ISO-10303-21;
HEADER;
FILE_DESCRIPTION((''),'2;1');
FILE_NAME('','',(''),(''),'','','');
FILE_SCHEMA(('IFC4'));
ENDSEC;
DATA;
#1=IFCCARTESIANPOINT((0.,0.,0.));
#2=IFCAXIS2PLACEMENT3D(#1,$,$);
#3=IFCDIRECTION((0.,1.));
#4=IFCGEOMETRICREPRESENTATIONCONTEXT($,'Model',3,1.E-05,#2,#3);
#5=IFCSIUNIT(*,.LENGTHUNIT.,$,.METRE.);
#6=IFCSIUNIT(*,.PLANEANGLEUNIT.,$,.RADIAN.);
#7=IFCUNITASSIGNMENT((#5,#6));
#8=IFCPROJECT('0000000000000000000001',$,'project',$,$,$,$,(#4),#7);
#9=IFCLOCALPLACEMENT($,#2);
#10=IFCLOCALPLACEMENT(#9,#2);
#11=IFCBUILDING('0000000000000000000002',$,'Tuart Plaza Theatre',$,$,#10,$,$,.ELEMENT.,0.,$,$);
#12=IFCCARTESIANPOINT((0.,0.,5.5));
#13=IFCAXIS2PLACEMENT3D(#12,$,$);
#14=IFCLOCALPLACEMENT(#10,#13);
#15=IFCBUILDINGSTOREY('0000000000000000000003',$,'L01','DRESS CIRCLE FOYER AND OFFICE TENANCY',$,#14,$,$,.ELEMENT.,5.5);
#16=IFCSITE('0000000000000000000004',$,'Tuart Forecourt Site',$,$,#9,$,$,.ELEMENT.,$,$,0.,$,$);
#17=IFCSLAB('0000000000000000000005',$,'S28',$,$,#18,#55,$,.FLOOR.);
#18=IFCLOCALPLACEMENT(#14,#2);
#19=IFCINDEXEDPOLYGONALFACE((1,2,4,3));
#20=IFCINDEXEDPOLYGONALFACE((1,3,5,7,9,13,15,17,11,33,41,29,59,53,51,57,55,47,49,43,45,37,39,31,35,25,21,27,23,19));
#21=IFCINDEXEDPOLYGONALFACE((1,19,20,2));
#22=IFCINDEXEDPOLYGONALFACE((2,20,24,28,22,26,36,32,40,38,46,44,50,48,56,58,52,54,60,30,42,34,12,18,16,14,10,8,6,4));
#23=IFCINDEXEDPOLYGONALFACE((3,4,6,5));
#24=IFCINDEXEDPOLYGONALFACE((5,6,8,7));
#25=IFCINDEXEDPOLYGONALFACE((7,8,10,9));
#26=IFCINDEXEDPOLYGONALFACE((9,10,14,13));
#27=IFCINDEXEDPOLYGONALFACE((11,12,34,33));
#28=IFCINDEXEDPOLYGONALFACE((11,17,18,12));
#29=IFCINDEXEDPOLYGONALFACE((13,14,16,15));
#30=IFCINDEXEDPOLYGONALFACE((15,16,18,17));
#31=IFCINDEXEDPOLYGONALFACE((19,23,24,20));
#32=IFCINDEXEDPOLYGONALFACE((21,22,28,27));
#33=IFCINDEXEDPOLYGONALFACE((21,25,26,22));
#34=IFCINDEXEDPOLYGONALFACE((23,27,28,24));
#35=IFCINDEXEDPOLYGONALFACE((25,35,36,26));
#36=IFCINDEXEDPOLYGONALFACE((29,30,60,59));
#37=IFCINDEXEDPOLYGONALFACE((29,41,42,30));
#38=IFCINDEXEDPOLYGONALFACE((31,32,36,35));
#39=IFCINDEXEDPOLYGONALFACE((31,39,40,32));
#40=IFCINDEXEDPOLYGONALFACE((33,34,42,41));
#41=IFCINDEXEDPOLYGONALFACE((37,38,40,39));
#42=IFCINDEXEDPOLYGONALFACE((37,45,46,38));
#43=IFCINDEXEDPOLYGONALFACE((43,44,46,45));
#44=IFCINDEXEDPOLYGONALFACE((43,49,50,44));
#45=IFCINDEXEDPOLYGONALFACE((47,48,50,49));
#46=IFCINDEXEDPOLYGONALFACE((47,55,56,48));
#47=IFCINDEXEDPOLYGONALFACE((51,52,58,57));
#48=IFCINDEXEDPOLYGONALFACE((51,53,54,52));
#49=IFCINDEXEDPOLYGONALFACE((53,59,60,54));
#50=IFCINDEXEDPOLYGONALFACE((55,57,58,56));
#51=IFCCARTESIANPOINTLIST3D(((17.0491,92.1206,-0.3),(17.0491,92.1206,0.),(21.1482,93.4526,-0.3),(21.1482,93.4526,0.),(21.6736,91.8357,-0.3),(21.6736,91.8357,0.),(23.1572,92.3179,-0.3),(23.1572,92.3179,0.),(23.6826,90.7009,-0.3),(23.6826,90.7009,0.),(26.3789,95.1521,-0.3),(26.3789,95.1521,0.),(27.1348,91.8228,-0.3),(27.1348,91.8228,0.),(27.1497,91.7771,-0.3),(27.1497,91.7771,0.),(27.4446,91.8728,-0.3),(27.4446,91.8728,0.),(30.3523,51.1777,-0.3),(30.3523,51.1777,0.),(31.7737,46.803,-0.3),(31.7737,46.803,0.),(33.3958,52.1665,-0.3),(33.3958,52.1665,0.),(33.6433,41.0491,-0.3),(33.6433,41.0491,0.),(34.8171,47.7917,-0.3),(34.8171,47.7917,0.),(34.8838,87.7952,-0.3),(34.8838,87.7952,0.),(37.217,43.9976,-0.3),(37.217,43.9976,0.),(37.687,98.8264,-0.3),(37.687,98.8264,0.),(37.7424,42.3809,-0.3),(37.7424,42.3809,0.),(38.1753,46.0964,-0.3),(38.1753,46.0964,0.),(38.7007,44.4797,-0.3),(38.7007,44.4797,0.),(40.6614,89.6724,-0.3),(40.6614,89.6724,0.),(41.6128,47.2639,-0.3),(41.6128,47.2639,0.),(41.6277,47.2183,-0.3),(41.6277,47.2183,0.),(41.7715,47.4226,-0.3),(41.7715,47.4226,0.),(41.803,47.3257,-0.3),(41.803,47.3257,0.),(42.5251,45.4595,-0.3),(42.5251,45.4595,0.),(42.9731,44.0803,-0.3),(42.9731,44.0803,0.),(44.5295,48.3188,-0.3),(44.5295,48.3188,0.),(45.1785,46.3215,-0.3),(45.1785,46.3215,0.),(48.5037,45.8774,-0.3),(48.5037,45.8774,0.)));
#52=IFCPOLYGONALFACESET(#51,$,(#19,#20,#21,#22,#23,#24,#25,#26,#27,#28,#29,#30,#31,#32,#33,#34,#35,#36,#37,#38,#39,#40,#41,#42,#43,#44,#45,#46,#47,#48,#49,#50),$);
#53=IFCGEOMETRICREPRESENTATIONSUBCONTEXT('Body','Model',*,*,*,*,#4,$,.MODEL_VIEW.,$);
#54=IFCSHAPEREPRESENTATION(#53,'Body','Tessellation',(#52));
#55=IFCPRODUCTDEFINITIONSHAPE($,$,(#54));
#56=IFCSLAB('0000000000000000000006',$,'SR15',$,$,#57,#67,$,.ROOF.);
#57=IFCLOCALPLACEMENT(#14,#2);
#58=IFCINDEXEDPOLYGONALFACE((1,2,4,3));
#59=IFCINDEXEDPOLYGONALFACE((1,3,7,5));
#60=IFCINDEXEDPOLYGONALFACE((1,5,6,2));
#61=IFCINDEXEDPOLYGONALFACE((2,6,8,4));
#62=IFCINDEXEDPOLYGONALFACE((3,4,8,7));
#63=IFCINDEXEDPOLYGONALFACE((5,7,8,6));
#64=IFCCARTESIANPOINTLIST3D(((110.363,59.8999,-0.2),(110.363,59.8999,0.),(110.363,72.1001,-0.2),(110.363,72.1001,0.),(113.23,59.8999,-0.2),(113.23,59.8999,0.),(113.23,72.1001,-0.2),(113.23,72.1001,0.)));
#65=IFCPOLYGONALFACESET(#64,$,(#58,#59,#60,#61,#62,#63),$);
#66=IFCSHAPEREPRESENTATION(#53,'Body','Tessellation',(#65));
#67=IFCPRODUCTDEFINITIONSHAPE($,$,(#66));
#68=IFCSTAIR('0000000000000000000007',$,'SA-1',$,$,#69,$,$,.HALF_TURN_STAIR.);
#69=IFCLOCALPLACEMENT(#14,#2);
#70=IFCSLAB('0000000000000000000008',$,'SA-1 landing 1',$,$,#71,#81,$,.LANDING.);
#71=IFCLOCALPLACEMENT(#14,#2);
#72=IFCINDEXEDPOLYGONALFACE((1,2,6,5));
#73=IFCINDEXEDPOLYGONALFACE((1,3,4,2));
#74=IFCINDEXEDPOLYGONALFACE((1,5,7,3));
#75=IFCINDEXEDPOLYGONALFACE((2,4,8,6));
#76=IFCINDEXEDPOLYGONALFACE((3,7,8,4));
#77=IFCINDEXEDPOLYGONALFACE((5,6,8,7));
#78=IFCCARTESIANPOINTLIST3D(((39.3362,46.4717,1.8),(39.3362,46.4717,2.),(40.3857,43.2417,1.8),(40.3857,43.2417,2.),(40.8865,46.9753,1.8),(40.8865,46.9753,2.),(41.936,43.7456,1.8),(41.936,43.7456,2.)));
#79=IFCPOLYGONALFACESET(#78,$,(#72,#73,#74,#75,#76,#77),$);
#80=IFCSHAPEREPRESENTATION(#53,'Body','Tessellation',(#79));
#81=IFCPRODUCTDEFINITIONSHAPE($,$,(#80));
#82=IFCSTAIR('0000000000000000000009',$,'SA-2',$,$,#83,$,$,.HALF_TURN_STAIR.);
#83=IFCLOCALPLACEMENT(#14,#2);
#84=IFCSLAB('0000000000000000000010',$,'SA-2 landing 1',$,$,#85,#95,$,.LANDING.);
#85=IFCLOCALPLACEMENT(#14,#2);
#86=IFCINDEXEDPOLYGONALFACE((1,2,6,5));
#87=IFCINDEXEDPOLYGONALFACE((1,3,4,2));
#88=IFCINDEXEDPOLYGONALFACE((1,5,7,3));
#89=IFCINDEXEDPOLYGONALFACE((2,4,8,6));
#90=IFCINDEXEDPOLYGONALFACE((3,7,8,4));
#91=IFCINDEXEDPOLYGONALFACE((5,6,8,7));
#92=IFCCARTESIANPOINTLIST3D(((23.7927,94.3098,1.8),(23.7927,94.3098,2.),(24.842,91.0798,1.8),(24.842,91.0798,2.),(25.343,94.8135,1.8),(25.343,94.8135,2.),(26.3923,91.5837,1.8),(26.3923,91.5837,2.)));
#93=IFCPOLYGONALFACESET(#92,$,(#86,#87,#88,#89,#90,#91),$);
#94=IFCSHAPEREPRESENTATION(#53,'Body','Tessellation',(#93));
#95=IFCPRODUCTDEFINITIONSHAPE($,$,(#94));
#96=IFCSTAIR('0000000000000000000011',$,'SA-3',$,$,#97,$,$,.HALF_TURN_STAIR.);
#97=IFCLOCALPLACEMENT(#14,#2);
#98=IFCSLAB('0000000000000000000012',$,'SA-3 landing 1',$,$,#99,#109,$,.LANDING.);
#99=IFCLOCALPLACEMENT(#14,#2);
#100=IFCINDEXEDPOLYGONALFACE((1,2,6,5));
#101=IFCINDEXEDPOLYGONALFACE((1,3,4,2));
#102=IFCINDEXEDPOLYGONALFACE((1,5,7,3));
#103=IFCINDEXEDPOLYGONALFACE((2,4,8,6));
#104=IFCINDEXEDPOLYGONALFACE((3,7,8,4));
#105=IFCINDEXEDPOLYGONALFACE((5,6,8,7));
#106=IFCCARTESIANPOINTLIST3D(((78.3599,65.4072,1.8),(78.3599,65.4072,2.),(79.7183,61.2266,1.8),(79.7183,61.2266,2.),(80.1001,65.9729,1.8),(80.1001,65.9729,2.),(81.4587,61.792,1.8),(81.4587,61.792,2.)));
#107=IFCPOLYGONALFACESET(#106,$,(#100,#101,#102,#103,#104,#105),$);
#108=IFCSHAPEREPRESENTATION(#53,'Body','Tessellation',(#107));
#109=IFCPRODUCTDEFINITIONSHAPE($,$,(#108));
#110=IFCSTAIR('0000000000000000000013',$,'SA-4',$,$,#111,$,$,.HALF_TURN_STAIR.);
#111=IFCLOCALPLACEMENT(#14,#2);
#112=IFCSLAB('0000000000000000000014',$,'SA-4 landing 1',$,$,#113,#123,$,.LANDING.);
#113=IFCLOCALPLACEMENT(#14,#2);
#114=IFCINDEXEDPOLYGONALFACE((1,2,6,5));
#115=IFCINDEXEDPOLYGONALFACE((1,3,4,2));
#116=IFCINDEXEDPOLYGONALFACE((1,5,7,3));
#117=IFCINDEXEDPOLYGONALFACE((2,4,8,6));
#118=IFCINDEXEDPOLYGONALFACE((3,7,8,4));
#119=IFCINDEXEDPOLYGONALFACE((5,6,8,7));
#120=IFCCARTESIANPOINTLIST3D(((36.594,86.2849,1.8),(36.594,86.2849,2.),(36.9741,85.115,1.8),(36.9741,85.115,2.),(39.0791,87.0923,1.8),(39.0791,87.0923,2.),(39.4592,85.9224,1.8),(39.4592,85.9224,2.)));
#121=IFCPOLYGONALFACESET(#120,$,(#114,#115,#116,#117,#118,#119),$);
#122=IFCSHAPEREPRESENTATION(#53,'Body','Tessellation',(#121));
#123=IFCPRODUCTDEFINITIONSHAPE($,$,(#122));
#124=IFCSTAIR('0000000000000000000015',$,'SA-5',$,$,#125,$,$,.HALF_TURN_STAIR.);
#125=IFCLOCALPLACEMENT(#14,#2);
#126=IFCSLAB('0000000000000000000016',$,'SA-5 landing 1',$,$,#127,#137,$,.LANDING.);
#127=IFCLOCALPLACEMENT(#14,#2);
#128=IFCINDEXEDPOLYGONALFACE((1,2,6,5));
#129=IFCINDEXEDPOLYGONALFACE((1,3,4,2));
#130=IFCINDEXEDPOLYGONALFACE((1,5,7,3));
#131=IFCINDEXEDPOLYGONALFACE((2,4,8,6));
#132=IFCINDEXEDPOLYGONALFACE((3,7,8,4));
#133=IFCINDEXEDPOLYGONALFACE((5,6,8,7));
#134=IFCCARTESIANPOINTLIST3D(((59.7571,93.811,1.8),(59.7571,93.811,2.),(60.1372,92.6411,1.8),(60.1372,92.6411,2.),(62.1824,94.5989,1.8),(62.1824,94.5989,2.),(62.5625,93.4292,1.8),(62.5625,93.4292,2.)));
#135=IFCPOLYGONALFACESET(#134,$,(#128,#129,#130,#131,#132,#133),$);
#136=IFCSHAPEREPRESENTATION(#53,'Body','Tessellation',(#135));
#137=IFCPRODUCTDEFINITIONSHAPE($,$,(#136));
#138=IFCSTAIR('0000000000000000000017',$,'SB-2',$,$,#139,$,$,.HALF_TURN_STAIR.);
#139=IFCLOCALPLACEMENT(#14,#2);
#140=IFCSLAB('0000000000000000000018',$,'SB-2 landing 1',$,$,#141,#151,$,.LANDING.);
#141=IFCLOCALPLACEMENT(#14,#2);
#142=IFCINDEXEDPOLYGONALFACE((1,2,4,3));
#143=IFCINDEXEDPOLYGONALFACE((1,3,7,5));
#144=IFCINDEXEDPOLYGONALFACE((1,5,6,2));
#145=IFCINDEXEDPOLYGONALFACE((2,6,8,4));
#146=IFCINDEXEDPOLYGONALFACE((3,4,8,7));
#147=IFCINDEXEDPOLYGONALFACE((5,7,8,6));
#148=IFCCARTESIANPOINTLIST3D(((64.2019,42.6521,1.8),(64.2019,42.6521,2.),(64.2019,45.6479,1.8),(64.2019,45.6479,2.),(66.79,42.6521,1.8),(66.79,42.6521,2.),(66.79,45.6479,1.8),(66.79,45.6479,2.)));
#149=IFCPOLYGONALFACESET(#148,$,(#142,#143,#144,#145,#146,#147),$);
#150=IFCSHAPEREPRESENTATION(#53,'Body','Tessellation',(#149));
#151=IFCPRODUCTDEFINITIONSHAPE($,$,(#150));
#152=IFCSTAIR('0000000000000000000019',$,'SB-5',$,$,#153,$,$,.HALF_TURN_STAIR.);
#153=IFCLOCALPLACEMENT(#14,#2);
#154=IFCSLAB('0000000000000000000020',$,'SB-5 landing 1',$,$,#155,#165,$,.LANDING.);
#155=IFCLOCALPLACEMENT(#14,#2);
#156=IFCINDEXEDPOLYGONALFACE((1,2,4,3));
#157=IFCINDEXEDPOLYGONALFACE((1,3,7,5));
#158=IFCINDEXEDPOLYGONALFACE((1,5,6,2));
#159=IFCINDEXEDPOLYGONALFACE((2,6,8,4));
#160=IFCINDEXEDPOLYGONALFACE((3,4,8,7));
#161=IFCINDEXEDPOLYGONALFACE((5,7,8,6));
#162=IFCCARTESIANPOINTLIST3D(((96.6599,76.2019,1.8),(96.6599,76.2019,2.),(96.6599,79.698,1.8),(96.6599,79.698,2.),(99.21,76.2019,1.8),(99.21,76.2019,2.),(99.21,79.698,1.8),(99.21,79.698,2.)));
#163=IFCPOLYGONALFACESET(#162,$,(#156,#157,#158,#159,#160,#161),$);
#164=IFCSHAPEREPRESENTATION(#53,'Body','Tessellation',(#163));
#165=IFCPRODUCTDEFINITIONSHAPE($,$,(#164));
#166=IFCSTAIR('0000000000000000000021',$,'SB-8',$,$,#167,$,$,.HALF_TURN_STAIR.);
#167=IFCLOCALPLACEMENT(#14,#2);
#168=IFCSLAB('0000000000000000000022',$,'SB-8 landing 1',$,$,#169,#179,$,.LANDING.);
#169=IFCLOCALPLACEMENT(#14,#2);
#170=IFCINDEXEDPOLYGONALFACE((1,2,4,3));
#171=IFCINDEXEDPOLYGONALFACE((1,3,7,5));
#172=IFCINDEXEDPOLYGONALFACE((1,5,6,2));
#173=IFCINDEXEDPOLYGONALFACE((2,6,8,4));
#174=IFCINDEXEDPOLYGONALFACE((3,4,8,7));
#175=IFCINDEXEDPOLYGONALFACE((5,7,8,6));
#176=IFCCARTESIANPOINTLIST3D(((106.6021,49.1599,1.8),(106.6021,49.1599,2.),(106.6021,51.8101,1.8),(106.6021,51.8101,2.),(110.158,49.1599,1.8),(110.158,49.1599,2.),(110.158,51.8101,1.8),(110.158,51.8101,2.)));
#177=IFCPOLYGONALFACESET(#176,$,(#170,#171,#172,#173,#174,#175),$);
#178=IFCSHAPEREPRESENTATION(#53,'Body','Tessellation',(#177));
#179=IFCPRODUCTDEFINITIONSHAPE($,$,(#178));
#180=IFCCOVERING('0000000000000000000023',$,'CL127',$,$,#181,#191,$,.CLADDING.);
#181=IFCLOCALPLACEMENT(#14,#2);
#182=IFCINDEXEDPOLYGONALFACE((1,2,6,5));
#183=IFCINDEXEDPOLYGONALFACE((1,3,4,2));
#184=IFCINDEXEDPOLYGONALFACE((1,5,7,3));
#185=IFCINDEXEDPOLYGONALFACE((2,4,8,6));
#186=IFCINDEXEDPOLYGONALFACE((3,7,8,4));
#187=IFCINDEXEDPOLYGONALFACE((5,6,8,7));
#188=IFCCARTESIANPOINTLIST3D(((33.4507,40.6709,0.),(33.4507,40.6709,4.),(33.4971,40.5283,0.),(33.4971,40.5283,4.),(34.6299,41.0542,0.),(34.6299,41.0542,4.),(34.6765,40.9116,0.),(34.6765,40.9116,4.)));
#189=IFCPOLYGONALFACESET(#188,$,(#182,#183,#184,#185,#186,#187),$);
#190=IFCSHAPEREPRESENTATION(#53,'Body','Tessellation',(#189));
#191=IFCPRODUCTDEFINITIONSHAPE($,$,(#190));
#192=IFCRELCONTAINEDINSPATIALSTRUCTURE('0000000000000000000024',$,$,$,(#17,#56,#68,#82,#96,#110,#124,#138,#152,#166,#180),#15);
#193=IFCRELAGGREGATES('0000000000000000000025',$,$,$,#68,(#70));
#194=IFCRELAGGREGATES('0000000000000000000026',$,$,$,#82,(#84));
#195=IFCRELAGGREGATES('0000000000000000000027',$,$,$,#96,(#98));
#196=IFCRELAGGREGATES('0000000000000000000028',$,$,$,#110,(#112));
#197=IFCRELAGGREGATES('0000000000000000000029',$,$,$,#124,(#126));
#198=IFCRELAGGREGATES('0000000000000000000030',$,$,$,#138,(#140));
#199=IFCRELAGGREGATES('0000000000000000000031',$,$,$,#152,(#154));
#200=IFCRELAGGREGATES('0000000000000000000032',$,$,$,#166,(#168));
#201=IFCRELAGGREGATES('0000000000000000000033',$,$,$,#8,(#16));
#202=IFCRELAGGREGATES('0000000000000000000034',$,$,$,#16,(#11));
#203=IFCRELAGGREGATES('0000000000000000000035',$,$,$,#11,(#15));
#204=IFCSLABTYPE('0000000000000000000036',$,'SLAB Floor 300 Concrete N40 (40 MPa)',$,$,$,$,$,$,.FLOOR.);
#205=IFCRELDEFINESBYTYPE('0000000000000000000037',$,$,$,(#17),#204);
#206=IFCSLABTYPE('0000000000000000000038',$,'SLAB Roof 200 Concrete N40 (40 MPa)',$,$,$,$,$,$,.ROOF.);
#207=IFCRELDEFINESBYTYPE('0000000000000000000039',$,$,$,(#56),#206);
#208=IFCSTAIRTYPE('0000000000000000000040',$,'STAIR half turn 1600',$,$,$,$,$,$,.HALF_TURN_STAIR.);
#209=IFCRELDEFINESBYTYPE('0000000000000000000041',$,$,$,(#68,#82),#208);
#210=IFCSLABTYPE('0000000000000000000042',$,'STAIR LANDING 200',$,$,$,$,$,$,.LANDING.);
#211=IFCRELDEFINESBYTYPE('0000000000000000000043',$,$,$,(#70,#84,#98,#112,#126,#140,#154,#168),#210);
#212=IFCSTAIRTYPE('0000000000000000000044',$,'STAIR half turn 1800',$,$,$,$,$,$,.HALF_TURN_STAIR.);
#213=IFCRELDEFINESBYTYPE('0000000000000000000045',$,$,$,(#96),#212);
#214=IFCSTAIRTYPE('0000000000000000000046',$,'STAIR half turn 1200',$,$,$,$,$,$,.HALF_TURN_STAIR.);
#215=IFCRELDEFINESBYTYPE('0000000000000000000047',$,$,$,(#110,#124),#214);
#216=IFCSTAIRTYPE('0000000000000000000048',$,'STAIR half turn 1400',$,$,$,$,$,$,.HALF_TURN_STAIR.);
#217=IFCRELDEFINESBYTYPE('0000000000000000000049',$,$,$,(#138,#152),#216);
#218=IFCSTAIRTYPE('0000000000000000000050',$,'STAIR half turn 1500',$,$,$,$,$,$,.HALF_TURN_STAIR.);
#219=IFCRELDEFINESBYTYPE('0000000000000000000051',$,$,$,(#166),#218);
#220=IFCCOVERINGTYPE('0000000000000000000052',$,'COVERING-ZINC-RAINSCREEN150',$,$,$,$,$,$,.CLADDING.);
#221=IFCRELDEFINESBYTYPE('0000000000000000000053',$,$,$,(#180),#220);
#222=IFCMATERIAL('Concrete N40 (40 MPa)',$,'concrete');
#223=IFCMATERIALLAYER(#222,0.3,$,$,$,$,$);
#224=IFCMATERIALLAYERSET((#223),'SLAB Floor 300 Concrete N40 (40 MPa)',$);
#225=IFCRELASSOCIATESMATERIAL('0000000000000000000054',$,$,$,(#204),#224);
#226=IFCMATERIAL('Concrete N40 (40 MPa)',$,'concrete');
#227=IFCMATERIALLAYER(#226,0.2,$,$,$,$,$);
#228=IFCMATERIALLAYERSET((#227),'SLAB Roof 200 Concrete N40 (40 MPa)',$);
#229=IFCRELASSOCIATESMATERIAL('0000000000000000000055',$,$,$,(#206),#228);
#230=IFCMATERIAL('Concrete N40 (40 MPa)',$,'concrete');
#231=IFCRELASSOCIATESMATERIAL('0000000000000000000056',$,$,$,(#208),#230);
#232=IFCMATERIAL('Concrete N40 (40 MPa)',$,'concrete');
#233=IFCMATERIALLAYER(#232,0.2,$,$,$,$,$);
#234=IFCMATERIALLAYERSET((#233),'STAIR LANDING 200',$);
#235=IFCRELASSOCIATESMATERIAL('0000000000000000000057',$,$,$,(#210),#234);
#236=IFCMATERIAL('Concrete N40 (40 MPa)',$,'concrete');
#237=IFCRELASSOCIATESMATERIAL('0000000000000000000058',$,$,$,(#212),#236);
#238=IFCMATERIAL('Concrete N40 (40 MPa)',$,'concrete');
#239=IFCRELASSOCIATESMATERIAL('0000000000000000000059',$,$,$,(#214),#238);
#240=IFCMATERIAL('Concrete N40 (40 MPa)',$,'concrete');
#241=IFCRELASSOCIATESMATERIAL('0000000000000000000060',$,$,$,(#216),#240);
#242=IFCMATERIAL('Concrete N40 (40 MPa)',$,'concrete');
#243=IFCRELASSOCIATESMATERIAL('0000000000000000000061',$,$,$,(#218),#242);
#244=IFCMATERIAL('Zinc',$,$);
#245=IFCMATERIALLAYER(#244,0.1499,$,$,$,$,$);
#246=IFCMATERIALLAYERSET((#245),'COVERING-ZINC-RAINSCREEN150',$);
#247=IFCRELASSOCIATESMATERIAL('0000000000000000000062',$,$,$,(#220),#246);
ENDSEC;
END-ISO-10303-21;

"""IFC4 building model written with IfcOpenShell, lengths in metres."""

from ifc_helpers import new_model, si_unit, direction, frame, origin, place, context, subcontext, project, spatial, polyline, outline, extrude, material, layer, layer_set, type_object, element, aggregate, save


model = new_model("IFC4")

# Units and contexts
model_context = context("Model", 3, precision=1e-05, world=origin(), true_north=direction((0.0, 1.0)))
body_context = subcontext(model_context, "Body", "Model", "MODEL_VIEW")
ifc_project = project(units=[si_unit("LENGTHUNIT", "METRE"), si_unit("PLANEANGLEUNIT", "RADIAN")], contexts=[model_context])

# Site, building, storey
site_placement = place(None, origin())
site = spatial("IfcSite", under=ifc_project, at=site_placement, Name="Tuart Forecourt Site", CompositionType="ELEMENT", RefElevation=0.0)
building_placement = place(site_placement, origin())
building = spatial("IfcBuilding", under=site, at=building_placement, Name="Tuart Plaza Theatre", CompositionType="ELEMENT", ElevationOfRefHeight=0.0)
storey_placement = place(building_placement, frame((0.0, 0.0, 5.5)))
storey = spatial("IfcBuildingStorey", under=building, at=storey_placement, Name="L01", Description="DRESS CIRCLE FOYER AND OFFICE TENANCY", CompositionType="ELEMENT", Elevation=5.5)

# Slabs
ifc_material_1 = material(Name="Concrete N40 (40 MPa)", Category="concrete")
ifc_layer_1 = layer(ifc_material_1, 0.3)
ifc_layer_set_1 = layer_set([ifc_layer_1], Name="SLAB Floor 300 Concrete N40 (40 MPa)")
slab_type_1 = type_object("IfcSlabType", Name="SLAB Floor 300 Concrete N40 (40 MPa)", PredefinedType="FLOOR", material=ifc_layer_set_1)
slab_1_placement = place(storey_placement, frame((0.0, 0.0, -0.3)))
element("IfcSlab", 1, at=slab_1_placement, inside=storey, type_object=slab_type_1, Name="S28", PredefinedType="FLOOR", context=body_context, shape_type="SweptSolid", body=[
    extrude(outline(polyline([(21.1482, 93.4526), (17.0491, 92.1206), (30.3523, 51.1777), (33.3958, 52.1665), (34.8171, 47.7917), (31.7737, 46.803), (33.6433, 41.0491), (37.7424, 42.3809), (37.217, 43.9976), (38.7007, 44.4797), (38.1753, 46.0964), (41.6277, 47.2183), (41.6128, 47.2639), (41.803, 47.3257), (41.7715, 47.4226), (44.5295, 48.3188), (45.1785, 46.3215), (42.5251, 45.4595), (42.9731, 44.0803), (48.5037, 45.8774), (34.8838, 87.7952), (40.6614, 89.6724), (37.687, 98.8264), (26.3789, 95.1521), (27.4446, 91.8728), (27.1497, 91.7771), (27.1348, 91.8228), (23.6826, 90.7009), (23.1572, 92.3179), (21.6736, 91.8357), (21.1482, 93.4526)])), origin(), (0.0, 0.0, 1.0), 0.3),
])
ifc_material_2 = material(Name="Concrete N40 (40 MPa)", Category="concrete")
ifc_layer_2 = layer(ifc_material_2, 0.2)
ifc_layer_set_2 = layer_set([ifc_layer_2], Name="SLAB Roof 200 Concrete N40 (40 MPa)")
slab_type_2 = type_object("IfcSlabType", Name="SLAB Roof 200 Concrete N40 (40 MPa)", PredefinedType="ROOF", material=ifc_layer_set_2)
slab_2_placement = place(storey_placement, frame((0.0, 0.0, -0.2)))
element("IfcSlab", 2, at=slab_2_placement, inside=storey, type_object=slab_type_2, Name="SR15", PredefinedType="ROOF", context=body_context, shape_type="SweptSolid", body=[
    extrude(outline(polyline([(113.23, 59.8999), (113.23, 72.1001), (110.363, 72.1001), (110.363, 59.8999), (113.23, 59.8999)])), origin(), (0.0, 0.0, 1.0), 0.2),
])

# Stairs, slabs
ifc_material_3 = material(Name="Concrete N40 (40 MPa)", Category="concrete")
stair_type_1 = type_object("IfcStairType", Name="STAIR half turn 1600", PredefinedType="HALF_TURN_STAIR", material=ifc_material_3)
stair_1_placement = place(storey_placement, origin())
stair_1 = element("IfcStair", 3, at=stair_1_placement, inside=storey, type_object=stair_type_1, Name="SA-1", PredefinedType="HALF_TURN_STAIR")
ifc_material_4 = material(Name="Concrete N40 (40 MPa)", Category="concrete")
ifc_layer_3 = layer(ifc_material_4, 0.2)
ifc_layer_set_3 = layer_set([ifc_layer_3], Name="STAIR LANDING 200")
slab_type_3 = type_object("IfcSlabType", Name="STAIR LANDING 200", PredefinedType="LANDING", material=ifc_layer_set_3)
slab_3_placement = place(storey_placement, frame((0.0, 0.0, 1.8)))
slab_3 = element("IfcSlab", 4, at=slab_3_placement, type_object=slab_type_3, Name="SA-1 landing 1", PredefinedType="LANDING", context=body_context, shape_type="SweptSolid", body=[
    extrude(outline(polyline([(40.3857, 43.2417), (41.936, 43.7456), (40.8865, 46.9753), (39.3362, 46.4717), (40.3857, 43.2417)])), origin(), (0.0, 0.0, 1.0), 0.2),
])
aggregate(stair_1, [slab_3])
stair_2_placement = place(storey_placement, origin())
stair_2 = element("IfcStair", 5, at=stair_2_placement, inside=storey, type_object=stair_type_1, Name="SA-2", PredefinedType="HALF_TURN_STAIR")
slab_4_placement = place(storey_placement, frame((0.0, 0.0, 1.8)))
slab_4 = element("IfcSlab", 6, at=slab_4_placement, type_object=slab_type_3, Name="SA-2 landing 1", PredefinedType="LANDING", context=body_context, shape_type="SweptSolid", body=[
    extrude(outline(polyline([(23.7927, 94.3098), (25.343, 94.8135), (26.3923, 91.5837), (24.842, 91.0798), (23.7927, 94.3098)])), origin(), (0.0, 0.0, 1.0), 0.2),
])
aggregate(stair_2, [slab_4])
ifc_material_5 = material(Name="Concrete N40 (40 MPa)", Category="concrete")
stair_type_2 = type_object("IfcStairType", Name="STAIR half turn 1800", PredefinedType="HALF_TURN_STAIR", material=ifc_material_5)
stair_3_placement = place(storey_placement, origin())
stair_3 = element("IfcStair", 7, at=stair_3_placement, inside=storey, type_object=stair_type_2, Name="SA-3", PredefinedType="HALF_TURN_STAIR")
slab_5_placement = place(storey_placement, frame((0.0, 0.0, 1.8)))
slab_5 = element("IfcSlab", 8, at=slab_5_placement, type_object=slab_type_3, Name="SA-3 landing 1", PredefinedType="LANDING", context=body_context, shape_type="SweptSolid", body=[
    extrude(outline(polyline([(79.7183, 61.2266), (81.4587, 61.792), (80.1001, 65.9729), (78.3599, 65.4072), (79.7183, 61.2266)])), origin(), (0.0, 0.0, 1.0), 0.2),
])
aggregate(stair_3, [slab_5])
ifc_material_6 = material(Name="Concrete N40 (40 MPa)", Category="concrete")
stair_type_3 = type_object("IfcStairType", Name="STAIR half turn 1200", PredefinedType="HALF_TURN_STAIR", material=ifc_material_6)
stair_4_placement = place(storey_placement, origin())
stair_4 = element("IfcStair", 9, at=stair_4_placement, inside=storey, type_object=stair_type_3, Name="SA-4", PredefinedType="HALF_TURN_STAIR")
slab_6_placement = place(storey_placement, frame((0.0, 0.0, 1.8)))
slab_6 = element("IfcSlab", 10, at=slab_6_placement, type_object=slab_type_3, Name="SA-4 landing 1", PredefinedType="LANDING", context=body_context, shape_type="SweptSolid", body=[
    extrude(outline(polyline([(39.4592, 85.9224), (39.0791, 87.0923), (36.594, 86.2849), (36.9741, 85.115), (39.4592, 85.9224)])), origin(), (0.0, 0.0, 1.0), 0.2),
])
aggregate(stair_4, [slab_6])
stair_5_placement = place(storey_placement, origin())
stair_5 = element("IfcStair", 11, at=stair_5_placement, inside=storey, type_object=stair_type_3, Name="SA-5", PredefinedType="HALF_TURN_STAIR")
slab_7_placement = place(storey_placement, frame((0.0, 0.0, 1.8)))
slab_7 = element("IfcSlab", 12, at=slab_7_placement, type_object=slab_type_3, Name="SA-5 landing 1", PredefinedType="LANDING", context=body_context, shape_type="SweptSolid", body=[
    extrude(outline(polyline([(60.1372, 92.6411), (59.7571, 93.811), (62.1824, 94.5989), (62.5625, 93.4292), (60.1372, 92.6411)])), origin(), (0.0, 0.0, 1.0), 0.2),
])
aggregate(stair_5, [slab_7])
ifc_material_7 = material(Name="Concrete N40 (40 MPa)", Category="concrete")
stair_type_4 = type_object("IfcStairType", Name="STAIR half turn 1400", PredefinedType="HALF_TURN_STAIR", material=ifc_material_7)
stair_6_placement = place(storey_placement, origin())
stair_6 = element("IfcStair", 13, at=stair_6_placement, inside=storey, type_object=stair_type_4, Name="SB-2", PredefinedType="HALF_TURN_STAIR")
slab_8_placement = place(storey_placement, frame((0.0, 0.0, 1.8)))
slab_8 = element("IfcSlab", 14, at=slab_8_placement, type_object=slab_type_3, Name="SB-2 landing 1", PredefinedType="LANDING", context=body_context, shape_type="SweptSolid", body=[
    extrude(outline(polyline([(66.79, 45.6479), (64.2019, 45.6479), (64.2019, 42.6521), (66.79, 42.6521), (66.79, 45.6479)])), origin(), (0.0, 0.0, 1.0), 0.2),
])
aggregate(stair_6, [slab_8])
stair_7_placement = place(storey_placement, origin())
stair_7 = element("IfcStair", 15, at=stair_7_placement, inside=storey, type_object=stair_type_4, Name="SB-5", PredefinedType="HALF_TURN_STAIR")
slab_9_placement = place(storey_placement, frame((0.0, 0.0, 1.8)))
slab_9 = element("IfcSlab", 16, at=slab_9_placement, type_object=slab_type_3, Name="SB-5 landing 1", PredefinedType="LANDING", context=body_context, shape_type="SweptSolid", body=[
    extrude(outline(polyline([(96.6599, 76.2019), (99.21, 76.2019), (99.21, 79.698), (96.6599, 79.698), (96.6599, 76.2019)])), origin(), (0.0, 0.0, 1.0), 0.2),
])
aggregate(stair_7, [slab_9])
ifc_material_8 = material(Name="Concrete N40 (40 MPa)", Category="concrete")
stair_type_5 = type_object("IfcStairType", Name="STAIR half turn 1500", PredefinedType="HALF_TURN_STAIR", material=ifc_material_8)
stair_8_placement = place(storey_placement, origin())
stair_8 = element("IfcStair", 17, at=stair_8_placement, inside=storey, type_object=stair_type_5, Name="SB-8", PredefinedType="HALF_TURN_STAIR")
slab_10_placement = place(storey_placement, frame((0.0, 0.0, 1.8)))
slab_10 = element("IfcSlab", 18, at=slab_10_placement, type_object=slab_type_3, Name="SB-8 landing 1", PredefinedType="LANDING", context=body_context, shape_type="SweptSolid", body=[
    extrude(outline(polyline([(110.158, 49.1599), (110.158, 51.8101), (106.6021, 51.8101), (106.6021, 49.1599), (110.158, 49.1599)])), origin(), (0.0, 0.0, 1.0), 0.2),
])
aggregate(stair_8, [slab_10])

# Covering
ifc_material_9 = material(Name="Zinc")
ifc_layer_4 = layer(ifc_material_9, 0.1499)
ifc_layer_set_4 = layer_set([ifc_layer_4], Name="COVERING-ZINC-RAINSCREEN150")
covering_type = type_object("IfcCoveringType", Name="COVERING-ZINC-RAINSCREEN150", PredefinedType="CLADDING", material=ifc_layer_set_4)
covering_placement = place(storey_placement, origin())
element("IfcCovering", 19, at=covering_placement, inside=storey, type_object=covering_type, Name="CL127", PredefinedType="CLADDING", context=body_context, shape_type="SweptSolid", body=[
    extrude(outline(polyline([(33.4507, 40.6709), (34.6299, 41.0542), (34.6765, 40.9116), (33.4971, 40.5283), (33.4507, 40.6709)])), origin(), (0.0, 0.0, 1.0), 4.0),
])

save(model, "model.ifc")
